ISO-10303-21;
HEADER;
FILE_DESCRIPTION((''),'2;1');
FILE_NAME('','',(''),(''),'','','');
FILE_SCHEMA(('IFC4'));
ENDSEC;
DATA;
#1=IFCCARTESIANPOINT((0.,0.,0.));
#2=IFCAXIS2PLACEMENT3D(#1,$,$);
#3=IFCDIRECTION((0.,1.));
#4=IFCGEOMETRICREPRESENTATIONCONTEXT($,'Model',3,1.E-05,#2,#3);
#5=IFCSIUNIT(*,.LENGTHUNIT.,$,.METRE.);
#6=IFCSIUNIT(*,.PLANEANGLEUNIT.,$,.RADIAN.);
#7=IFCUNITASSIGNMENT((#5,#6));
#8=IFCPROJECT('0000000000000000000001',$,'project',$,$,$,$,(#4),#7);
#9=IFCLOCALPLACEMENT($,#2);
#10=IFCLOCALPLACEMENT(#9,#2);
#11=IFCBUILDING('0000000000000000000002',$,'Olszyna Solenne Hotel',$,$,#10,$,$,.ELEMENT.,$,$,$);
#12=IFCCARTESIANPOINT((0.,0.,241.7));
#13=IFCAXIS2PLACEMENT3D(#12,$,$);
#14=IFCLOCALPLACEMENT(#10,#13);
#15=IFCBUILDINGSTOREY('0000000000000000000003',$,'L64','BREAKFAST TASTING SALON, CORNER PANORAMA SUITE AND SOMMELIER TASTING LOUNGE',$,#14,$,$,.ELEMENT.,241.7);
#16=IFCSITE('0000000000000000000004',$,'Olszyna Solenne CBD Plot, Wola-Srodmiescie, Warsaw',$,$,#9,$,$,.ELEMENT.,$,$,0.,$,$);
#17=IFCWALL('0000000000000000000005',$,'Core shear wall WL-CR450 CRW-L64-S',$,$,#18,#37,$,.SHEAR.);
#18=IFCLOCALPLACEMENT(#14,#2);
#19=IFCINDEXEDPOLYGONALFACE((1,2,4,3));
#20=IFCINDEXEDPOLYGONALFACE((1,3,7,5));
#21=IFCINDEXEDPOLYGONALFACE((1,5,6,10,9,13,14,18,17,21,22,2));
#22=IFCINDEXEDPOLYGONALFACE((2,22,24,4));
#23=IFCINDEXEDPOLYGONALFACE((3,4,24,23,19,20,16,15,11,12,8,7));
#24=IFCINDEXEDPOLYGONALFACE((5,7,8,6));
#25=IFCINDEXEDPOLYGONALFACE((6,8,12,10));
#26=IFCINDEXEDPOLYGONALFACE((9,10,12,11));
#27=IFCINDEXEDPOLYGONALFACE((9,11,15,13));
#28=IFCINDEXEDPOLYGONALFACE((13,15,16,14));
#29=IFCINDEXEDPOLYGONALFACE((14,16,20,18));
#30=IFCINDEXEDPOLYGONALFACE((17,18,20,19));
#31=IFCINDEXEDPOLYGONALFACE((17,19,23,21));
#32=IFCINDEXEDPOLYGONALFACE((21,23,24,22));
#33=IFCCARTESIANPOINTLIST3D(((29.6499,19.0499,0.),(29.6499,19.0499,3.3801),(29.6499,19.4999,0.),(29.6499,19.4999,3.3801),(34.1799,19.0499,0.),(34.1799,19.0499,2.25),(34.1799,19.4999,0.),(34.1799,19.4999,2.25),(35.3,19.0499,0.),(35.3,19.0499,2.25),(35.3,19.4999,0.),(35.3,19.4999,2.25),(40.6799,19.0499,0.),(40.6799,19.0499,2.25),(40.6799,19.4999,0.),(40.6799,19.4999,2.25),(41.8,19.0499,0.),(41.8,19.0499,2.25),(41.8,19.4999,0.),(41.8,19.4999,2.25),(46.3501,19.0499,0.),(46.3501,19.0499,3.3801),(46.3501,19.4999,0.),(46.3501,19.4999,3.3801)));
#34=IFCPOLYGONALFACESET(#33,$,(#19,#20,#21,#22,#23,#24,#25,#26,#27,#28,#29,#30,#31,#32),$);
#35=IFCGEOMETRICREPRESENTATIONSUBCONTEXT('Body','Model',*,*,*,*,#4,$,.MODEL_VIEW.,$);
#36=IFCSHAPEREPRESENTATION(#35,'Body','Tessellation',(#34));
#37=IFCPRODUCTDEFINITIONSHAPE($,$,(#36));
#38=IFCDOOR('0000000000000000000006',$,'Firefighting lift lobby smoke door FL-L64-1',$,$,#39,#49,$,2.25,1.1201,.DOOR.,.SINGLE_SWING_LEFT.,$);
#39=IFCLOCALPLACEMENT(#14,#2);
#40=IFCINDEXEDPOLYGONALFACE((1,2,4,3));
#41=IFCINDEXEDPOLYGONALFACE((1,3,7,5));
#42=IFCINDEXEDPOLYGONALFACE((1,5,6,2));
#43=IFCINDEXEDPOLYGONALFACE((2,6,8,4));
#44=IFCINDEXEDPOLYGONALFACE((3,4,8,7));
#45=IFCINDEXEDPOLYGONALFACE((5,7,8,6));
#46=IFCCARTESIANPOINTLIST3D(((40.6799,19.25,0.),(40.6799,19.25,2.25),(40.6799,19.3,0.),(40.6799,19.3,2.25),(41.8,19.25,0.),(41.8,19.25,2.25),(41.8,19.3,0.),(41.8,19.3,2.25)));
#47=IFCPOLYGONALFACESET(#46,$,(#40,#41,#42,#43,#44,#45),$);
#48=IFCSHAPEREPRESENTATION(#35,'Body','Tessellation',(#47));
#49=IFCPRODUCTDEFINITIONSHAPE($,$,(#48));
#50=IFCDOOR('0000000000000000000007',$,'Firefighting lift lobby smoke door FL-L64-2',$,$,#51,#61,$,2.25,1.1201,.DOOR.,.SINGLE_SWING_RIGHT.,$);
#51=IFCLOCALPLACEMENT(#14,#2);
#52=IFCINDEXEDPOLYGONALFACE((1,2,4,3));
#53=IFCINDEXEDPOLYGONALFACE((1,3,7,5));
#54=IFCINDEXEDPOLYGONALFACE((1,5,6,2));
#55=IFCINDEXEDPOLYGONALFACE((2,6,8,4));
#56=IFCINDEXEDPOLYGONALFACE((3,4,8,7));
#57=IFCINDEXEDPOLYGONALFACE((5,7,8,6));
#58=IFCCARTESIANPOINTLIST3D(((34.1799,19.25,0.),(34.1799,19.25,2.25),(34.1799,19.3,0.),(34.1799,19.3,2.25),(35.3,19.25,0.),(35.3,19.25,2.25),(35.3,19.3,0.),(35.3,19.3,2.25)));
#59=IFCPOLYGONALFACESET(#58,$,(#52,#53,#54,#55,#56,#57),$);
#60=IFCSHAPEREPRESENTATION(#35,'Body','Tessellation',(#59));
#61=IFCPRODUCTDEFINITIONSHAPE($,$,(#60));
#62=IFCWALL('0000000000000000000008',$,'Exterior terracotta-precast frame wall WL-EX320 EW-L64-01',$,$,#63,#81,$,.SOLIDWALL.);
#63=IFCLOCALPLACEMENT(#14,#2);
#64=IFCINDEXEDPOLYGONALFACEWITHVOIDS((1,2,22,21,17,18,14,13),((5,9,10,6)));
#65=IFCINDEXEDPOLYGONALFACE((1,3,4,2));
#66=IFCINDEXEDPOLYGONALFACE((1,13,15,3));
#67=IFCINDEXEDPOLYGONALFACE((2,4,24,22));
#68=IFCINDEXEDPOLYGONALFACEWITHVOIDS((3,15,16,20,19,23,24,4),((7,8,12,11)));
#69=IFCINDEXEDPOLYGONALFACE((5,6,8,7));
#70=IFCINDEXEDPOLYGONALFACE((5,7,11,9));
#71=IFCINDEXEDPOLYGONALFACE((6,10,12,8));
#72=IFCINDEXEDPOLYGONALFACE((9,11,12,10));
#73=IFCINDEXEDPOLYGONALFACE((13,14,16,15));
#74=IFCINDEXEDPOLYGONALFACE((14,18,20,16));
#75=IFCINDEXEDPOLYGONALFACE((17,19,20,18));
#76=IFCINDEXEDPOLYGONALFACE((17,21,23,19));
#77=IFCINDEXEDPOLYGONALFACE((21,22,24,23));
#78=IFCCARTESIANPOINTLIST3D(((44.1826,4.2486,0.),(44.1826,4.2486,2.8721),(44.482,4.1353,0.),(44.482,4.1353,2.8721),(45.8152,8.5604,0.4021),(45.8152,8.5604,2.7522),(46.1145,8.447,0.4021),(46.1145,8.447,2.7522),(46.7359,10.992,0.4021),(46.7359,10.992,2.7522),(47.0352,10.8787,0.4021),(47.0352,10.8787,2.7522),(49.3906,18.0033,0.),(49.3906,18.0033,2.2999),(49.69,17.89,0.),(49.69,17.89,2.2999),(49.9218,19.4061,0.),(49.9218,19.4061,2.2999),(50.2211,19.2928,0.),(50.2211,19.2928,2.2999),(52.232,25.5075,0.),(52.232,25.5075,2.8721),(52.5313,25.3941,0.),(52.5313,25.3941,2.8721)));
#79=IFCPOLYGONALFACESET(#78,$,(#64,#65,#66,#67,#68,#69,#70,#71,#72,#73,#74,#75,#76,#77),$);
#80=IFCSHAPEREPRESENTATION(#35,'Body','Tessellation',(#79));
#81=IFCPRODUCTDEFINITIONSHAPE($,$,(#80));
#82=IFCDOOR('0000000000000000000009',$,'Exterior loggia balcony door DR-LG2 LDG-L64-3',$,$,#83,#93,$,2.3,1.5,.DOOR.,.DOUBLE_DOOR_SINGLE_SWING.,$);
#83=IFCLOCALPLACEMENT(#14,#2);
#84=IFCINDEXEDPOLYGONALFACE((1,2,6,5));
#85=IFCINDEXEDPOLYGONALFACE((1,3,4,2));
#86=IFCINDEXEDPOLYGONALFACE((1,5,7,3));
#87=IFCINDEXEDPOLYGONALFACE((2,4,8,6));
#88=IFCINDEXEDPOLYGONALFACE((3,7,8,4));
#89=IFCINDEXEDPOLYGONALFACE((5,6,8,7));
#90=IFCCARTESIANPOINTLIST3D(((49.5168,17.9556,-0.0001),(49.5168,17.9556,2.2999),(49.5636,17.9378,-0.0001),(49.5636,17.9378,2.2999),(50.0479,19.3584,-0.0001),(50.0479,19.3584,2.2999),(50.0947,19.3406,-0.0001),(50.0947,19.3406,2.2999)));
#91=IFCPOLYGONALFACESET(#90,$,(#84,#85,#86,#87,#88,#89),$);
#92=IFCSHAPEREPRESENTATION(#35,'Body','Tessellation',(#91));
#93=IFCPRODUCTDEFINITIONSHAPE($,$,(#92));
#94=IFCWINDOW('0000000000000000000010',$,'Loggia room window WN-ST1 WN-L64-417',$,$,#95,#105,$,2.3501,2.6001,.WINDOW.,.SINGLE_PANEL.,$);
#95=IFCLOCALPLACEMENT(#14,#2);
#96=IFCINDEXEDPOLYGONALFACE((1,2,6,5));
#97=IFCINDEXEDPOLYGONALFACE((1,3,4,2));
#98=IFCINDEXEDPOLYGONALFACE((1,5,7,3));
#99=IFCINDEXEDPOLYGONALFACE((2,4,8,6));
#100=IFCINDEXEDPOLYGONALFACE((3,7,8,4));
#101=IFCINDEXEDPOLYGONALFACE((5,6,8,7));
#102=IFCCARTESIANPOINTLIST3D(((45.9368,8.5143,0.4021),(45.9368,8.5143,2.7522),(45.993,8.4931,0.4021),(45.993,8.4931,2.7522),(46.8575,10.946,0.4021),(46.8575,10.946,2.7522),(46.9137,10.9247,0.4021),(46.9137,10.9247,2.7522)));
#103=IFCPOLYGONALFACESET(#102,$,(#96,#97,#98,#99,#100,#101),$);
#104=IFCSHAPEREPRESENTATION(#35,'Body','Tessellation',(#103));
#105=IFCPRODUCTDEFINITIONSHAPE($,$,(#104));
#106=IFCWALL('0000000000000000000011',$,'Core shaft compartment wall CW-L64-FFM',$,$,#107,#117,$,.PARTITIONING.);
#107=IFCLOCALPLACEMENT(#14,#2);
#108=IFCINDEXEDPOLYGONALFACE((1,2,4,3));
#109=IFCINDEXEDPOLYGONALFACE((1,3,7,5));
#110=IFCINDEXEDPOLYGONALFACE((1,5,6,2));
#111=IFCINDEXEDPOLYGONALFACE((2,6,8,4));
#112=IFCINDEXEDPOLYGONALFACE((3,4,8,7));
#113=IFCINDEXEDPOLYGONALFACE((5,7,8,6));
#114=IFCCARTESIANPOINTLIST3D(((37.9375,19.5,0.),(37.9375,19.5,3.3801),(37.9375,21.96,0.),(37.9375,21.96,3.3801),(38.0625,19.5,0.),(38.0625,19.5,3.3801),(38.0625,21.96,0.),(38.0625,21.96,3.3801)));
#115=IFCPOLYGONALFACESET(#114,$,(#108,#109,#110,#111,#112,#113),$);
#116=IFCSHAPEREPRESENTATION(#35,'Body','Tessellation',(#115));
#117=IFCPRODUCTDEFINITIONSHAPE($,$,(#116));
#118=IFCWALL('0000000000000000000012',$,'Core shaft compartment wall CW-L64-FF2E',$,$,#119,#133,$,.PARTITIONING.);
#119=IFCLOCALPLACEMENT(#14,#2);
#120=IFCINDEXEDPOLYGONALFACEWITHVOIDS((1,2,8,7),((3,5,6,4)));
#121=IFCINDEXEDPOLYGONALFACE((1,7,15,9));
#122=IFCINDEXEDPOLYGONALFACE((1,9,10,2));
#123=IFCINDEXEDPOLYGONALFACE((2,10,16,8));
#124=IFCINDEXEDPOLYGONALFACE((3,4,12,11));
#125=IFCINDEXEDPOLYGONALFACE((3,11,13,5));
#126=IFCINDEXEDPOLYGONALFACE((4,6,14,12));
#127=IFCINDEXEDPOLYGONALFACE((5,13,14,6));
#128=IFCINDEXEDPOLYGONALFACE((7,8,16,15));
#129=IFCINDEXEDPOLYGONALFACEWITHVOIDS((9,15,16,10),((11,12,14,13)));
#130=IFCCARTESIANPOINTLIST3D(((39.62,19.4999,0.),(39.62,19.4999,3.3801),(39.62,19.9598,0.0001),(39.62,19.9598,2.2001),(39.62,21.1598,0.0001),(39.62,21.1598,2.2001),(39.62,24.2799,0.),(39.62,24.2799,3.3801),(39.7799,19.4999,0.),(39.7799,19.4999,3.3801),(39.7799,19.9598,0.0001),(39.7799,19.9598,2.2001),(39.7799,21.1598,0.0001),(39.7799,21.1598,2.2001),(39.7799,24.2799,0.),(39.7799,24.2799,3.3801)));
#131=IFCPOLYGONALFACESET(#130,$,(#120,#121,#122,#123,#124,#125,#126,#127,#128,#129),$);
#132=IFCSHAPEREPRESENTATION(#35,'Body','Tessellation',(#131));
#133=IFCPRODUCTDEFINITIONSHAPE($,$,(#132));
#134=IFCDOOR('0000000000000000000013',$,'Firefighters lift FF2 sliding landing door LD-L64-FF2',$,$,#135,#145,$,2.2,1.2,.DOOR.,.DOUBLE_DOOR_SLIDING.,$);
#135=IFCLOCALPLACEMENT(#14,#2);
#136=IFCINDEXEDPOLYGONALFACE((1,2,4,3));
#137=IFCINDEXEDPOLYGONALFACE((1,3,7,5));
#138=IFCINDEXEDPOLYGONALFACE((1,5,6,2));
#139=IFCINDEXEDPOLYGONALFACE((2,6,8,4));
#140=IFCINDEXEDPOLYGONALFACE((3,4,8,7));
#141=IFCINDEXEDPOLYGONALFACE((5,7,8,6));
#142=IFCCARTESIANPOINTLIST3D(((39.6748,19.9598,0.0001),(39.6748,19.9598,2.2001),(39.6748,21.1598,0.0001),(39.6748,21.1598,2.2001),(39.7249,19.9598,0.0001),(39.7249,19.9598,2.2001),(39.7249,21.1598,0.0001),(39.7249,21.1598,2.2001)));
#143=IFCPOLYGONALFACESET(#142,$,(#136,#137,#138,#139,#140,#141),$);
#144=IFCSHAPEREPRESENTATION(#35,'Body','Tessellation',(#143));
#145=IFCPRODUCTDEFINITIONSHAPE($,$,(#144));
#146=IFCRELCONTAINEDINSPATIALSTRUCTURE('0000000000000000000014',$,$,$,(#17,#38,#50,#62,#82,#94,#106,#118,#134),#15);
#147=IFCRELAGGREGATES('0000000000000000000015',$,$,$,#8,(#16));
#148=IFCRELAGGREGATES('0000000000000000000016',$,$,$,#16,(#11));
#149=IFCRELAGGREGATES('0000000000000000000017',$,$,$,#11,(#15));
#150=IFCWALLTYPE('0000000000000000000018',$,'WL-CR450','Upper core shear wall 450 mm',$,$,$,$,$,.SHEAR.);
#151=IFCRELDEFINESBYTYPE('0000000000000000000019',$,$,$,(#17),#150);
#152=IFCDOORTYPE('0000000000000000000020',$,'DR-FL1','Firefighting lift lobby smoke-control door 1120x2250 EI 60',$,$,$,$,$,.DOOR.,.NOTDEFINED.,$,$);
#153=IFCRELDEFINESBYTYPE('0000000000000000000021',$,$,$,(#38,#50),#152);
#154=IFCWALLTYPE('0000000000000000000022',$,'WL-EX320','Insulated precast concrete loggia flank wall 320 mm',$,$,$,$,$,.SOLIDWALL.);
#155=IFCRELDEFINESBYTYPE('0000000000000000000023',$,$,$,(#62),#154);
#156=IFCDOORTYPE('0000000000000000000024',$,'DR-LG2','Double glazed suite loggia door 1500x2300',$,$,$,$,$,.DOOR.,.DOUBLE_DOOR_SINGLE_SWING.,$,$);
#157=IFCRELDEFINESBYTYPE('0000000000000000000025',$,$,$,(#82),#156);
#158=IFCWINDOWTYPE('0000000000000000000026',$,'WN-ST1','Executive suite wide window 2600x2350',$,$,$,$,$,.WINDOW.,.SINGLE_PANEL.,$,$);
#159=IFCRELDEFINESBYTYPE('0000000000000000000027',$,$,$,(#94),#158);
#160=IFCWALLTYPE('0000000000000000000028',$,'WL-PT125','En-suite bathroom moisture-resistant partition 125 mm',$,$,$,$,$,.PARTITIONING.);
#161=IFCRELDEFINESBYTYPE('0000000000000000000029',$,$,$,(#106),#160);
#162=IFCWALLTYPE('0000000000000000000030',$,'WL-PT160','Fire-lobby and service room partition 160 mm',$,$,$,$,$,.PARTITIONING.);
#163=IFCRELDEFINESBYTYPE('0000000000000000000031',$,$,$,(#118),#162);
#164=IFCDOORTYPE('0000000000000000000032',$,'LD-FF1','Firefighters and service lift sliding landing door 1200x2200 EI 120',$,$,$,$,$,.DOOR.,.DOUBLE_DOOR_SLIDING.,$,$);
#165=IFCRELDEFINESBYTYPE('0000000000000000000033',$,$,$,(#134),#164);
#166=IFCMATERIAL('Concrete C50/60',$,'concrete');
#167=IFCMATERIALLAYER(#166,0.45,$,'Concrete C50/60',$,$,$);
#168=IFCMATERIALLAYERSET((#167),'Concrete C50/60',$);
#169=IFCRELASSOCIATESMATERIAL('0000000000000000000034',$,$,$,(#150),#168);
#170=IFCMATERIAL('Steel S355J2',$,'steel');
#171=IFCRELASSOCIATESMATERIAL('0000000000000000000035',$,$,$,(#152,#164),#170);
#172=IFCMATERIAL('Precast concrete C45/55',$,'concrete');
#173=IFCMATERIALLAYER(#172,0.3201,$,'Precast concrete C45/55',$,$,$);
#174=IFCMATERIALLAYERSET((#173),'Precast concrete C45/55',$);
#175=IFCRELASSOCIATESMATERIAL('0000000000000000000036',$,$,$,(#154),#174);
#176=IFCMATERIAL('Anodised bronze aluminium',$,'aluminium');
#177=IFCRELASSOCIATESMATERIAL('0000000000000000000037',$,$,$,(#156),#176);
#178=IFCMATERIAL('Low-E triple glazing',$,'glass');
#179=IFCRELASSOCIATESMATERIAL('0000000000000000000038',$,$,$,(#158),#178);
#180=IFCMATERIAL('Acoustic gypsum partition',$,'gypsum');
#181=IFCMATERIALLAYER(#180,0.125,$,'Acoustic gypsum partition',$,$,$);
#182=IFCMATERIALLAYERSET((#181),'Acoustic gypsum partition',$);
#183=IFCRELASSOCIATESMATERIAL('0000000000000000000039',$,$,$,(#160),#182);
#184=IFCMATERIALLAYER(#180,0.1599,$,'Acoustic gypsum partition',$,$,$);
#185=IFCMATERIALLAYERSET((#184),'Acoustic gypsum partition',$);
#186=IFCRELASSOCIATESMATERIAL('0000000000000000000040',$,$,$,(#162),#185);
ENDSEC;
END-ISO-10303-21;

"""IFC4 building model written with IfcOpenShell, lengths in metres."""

from ifc_helpers import new_model, si_unit, direction, frame, frame_2d, origin, place, context, subcontext, project, spatial, rectangle, extrude, source, transform, mapped, material, layer, layer_set, type_object, type_shapes, element, fill, save


model = new_model("IFC4")

# Units and contexts
model_context = context("Model", 3, precision=1e-05, world=origin(), true_north=direction((0.0, 1.0)))
body_context = subcontext(model_context, "Body", "Model", "MODEL_VIEW")
ifc_project = project(units=[si_unit("LENGTHUNIT", "METRE"), si_unit("PLANEANGLEUNIT", "RADIAN")], contexts=[model_context])

# Site, building, storey
site_placement = place(None, origin())
site = spatial("IfcSite", under=ifc_project, at=site_placement, Name="Olszyna Solenne CBD Plot, Wola-Srodmiescie, Warsaw", CompositionType="ELEMENT", RefElevation=0.0)
building_placement = place(site_placement, origin())
building = spatial("IfcBuilding", under=site, at=building_placement, Name="Olszyna Solenne Hotel", CompositionType="ELEMENT")
storey_placement = place(building_placement, frame((0.0, 0.0, 241.7)))
storey = spatial("IfcBuildingStorey", under=building, at=storey_placement, Name="L64", Description="BREAKFAST TASTING SALON, CORNER PANORAMA SUITE AND SOMMELIER TASTING LOUNGE", CompositionType="ELEMENT", Elevation=241.7)

# Shared definitions
ifc_material_1 = material(Name="Steel S355J2", Category="steel")
ifc_material_2 = material(Name="Concrete C50/60", Category="concrete")

# Wall, openings, doors
ifc_layer_1 = layer(ifc_material_2, 0.45, Name="Concrete C50/60")
ifc_layer_set_1 = layer_set([ifc_layer_1], Name="Concrete C50/60")
wall_type_1 = type_object("IfcWallType", Name="WL-CR450", Description="Upper core shear wall 450 mm", PredefinedType="SHEAR", material=ifc_layer_set_1)
wall_1_placement = place(storey_placement, frame((46.3501, 19.2749, 0.0), z_axis=(0.0, 0.0, 1.0), x_axis=(-1.0, 0.0, 0.0)))
wall_1 = element("IfcWall", 1, at=wall_1_placement, inside=storey, type_object=wall_type_1, Name="Core shear wall WL-CR450 CRW-L64-S", PredefinedType="SHEAR", context=body_context, shape_type="SweptSolid", body=[
    extrude(rectangle(XDim=16.7002, YDim=0.45, at=frame_2d((8.3501, 0.0))), origin(), (0.0, 0.0, 1.0), 3.3801),
])
opening_1_placement = place(wall_1_placement, frame((4.55, 0.0, 0.0)))
opening_1 = element("IfcOpeningElement", 2, at=opening_1_placement, cuts=wall_1, PredefinedType="OPENING", context=body_context, shape_type="SweptSolid", body=[
    extrude(rectangle(XDim=1.1201, YDim=2.25, at=frame_2d((0.5601, 1.125))), frame((0.0, 0.2349, 0.0), z_axis=(0.0, -1.0, 0.0), x_axis=(1.0, 0.0, 0.0)), (0.0, 0.0, 1.0), 0.47),
])
opening_2_placement = place(wall_1_placement, frame((11.05, 0.0, 0.0)))
opening_2 = element("IfcOpeningElement", 3, at=opening_2_placement, cuts=wall_1, PredefinedType="OPENING", context=body_context, shape_type="SweptSolid", body=[
    extrude(rectangle(XDim=1.1201, YDim=2.25, at=frame_2d((0.5601, 1.125))), frame((0.0, 0.2349, 0.0), z_axis=(0.0, -1.0, 0.0), x_axis=(1.0, 0.0, 0.0)), (0.0, 0.0, 1.0), 0.47),
])
door_type_1 = type_object("IfcDoorType", Name="DR-FL1", Description="Firefighting lift lobby smoke-control door 1120x2250 EI 60", OperationType="NOTDEFINED", PredefinedType="DOOR", material=ifc_material_1)
shared_shape_1 = source(origin(), body_context, "Body", "SweptSolid", [
    extrude(rectangle(XDim=1.1201, YDim=2.25, at=frame_2d((0.5601, 1.125))), frame((0.0, 0.0249, 0.0), z_axis=(0.0, -1.0, 0.0), x_axis=(1.0, 0.0, 0.0)), (0.0, 0.0, 1.0), 0.05),
])
type_shapes(door_type_1, [shared_shape_1])
door_1_placement = place(opening_1_placement, origin())
door_1 = element("IfcDoor", 4, at=door_1_placement, inside=storey, type_object=door_type_1, Name="Firefighting lift lobby smoke door FL-L64-1", OperationType="SINGLE_SWING_LEFT", OverallHeight=2.25, OverallWidth=1.1201, PredefinedType="DOOR", context=body_context, shape_type="MappedRepresentation", body=[
    mapped(shared_shape_1, transform((0.0, 0.0, 0.0), x_axis=(1.0, 0.0, 0.0), y_axis=(0.0, 1.0, 0.0), z_axis=(0.0, 0.0, 1.0), scale=1.0)),
])
fill(opening_1, door_1)
door_2_placement = place(opening_2_placement, origin())
door_2 = element("IfcDoor", 5, at=door_2_placement, inside=storey, type_object=door_type_1, Name="Firefighting lift lobby smoke door FL-L64-2", OperationType="SINGLE_SWING_RIGHT", OverallHeight=2.25, OverallWidth=1.1201, PredefinedType="DOOR", context=body_context, shape_type="MappedRepresentation", body=[
    mapped(shared_shape_1, transform((0.0, 0.0, 0.0), x_axis=(1.0, 0.0, 0.0), y_axis=(0.0, 1.0, 0.0), z_axis=(0.0, 0.0, 1.0), scale=1.0)),
])
fill(opening_2, door_2)

# Wall, openings, door, window
ifc_material_3 = material(Name="Precast concrete C45/55", Category="concrete")
ifc_layer_2 = layer(ifc_material_3, 0.3201, Name="Precast concrete C45/55")
ifc_layer_set_2 = layer_set([ifc_layer_2], Name="Precast concrete C45/55")
wall_type_2 = type_object("IfcWallType", Name="WL-EX320", Description="Insulated precast concrete loggia flank wall 320 mm", PredefinedType="SOLIDWALL", material=ifc_layer_set_2)
wall_2_placement = place(storey_placement, frame((52.3816, 25.4507, 0.0), z_axis=(0.0, 0.0, 1.0), x_axis=(-0.354102, -0.935207, 0.0)))
wall_2 = element("IfcWall", 6, at=wall_2_placement, inside=storey, type_object=wall_type_2, Name="Exterior terracotta-precast frame wall WL-EX320 EW-L64-01", PredefinedType="SOLIDWALL", context=body_context, shape_type="SweptSolid", body=[
    extrude(rectangle(XDim=22.7317, YDim=0.3201, at=frame_2d((11.3657, 0.0))), origin(), (0.0, 0.0, 1.0), 2.8721),
])
opening_3_placement = place(wall_2_placement, frame((6.5239, 0.0, 0.0)))
opening_3 = element("IfcOpeningElement", 7, at=opening_3_placement, cuts=wall_2, PredefinedType="OPENING", context=body_context, shape_type="SweptSolid", body=[
    extrude(rectangle(XDim=1.5, YDim=2.3, at=frame_2d((0.75, 1.1499))), frame((0.0, 0.1699, 0.0), z_axis=(0.0, -1.0, 0.0), x_axis=(1.0, 0.0, 0.0)), (0.0, 0.0, 1.0), 0.3401),
])
opening_4_placement = place(wall_2_placement, frame((15.521, 0.0, 0.4021)))
opening_4 = element("IfcOpeningElement", 8, at=opening_4_placement, cuts=wall_2, PredefinedType="OPENING", context=body_context, shape_type="SweptSolid", body=[
    extrude(rectangle(XDim=2.6001, YDim=2.3501, at=frame_2d((1.3, 1.175))), frame((0.0, 0.1699, 0.0), z_axis=(0.0, -1.0, 0.0), x_axis=(1.0, 0.0, 0.0)), (0.0, 0.0, 1.0), 0.3401),
])
ifc_material_4 = material(Name="Anodised bronze aluminium", Category="aluminium")
door_type_2 = type_object("IfcDoorType", Name="DR-LG2", Description="Double glazed suite loggia door 1500x2300", OperationType="DOUBLE_DOOR_SINGLE_SWING", PredefinedType="DOOR", material=ifc_material_4)
shared_shape_2 = source(origin(), body_context, "Body", "SweptSolid", [
    extrude(rectangle(XDim=1.5, YDim=2.3, at=frame_2d((0.75, 1.1499))), frame((0.0, 0.0249, 0.0), z_axis=(0.0, -1.0, 0.0), x_axis=(1.0, 0.0, 0.0)), (0.0, 0.0, 1.0), 0.05),
])
type_shapes(door_type_2, [shared_shape_2])
door_3_placement = place(opening_3_placement, origin())
door_3 = element("IfcDoor", 9, at=door_3_placement, inside=storey, type_object=door_type_2, Name="Exterior loggia balcony door DR-LG2 LDG-L64-3", OperationType="DOUBLE_DOOR_SINGLE_SWING", OverallHeight=2.3, OverallWidth=1.5, PredefinedType="DOOR", context=body_context, shape_type="MappedRepresentation", body=[
    mapped(shared_shape_2, transform((0.0, 0.0, 0.0), x_axis=(1.0, 0.0, 0.0), y_axis=(0.0, 1.0, 0.0), z_axis=(0.0, 0.0, 1.0), scale=1.0)),
])
fill(opening_3, door_3)
ifc_material_5 = material(Name="Low-E triple glazing", Category="glass")
window_type = type_object("IfcWindowType", Name="WN-ST1", Description="Executive suite wide window 2600x2350", PartitioningType="SINGLE_PANEL", PredefinedType="WINDOW", material=ifc_material_5)
shared_shape_3 = source(origin(), body_context, "Body", "SweptSolid", [
    extrude(rectangle(XDim=2.6001, YDim=2.3501, at=frame_2d((1.3, 1.175))), frame((0.0, 0.03, 0.0), z_axis=(0.0, -1.0, 0.0), x_axis=(1.0, 0.0, 0.0)), (0.0, 0.0, 1.0), 0.0601),
])
type_shapes(window_type, [shared_shape_3])
window_placement = place(opening_4_placement, origin())
window = element("IfcWindow", 10, at=window_placement, inside=storey, type_object=window_type, Name="Loggia room window WN-ST1 WN-L64-417", OverallHeight=2.3501, OverallWidth=2.6001, PartitioningType="SINGLE_PANEL", PredefinedType="WINDOW", context=body_context, shape_type="MappedRepresentation", body=[
    mapped(shared_shape_3, transform((0.0, 0.0, 0.0), x_axis=(1.0, 0.0, 0.0), y_axis=(0.0, 1.0, 0.0), z_axis=(0.0, 0.0, 1.0), scale=1.0)),
])
fill(opening_4, window)

# Wall
ifc_material_6 = material(Name="Acoustic gypsum partition", Category="gypsum")
ifc_layer_3 = layer(ifc_material_6, 0.125, Name="Acoustic gypsum partition")
ifc_layer_set_3 = layer_set([ifc_layer_3], Name="Acoustic gypsum partition")
wall_type_3 = type_object("IfcWallType", Name="WL-PT125", Description="En-suite bathroom moisture-resistant partition 125 mm", PredefinedType="PARTITIONING", material=ifc_layer_set_3)
wall_3_placement = place(storey_placement, frame((38.0, 19.5, 0.0), z_axis=(0.0, 0.0, 1.0), x_axis=(0.0, 1.0, 0.0)))
element("IfcWall", 11, at=wall_3_placement, inside=storey, type_object=wall_type_3, Name="Core shaft compartment wall CW-L64-FFM", PredefinedType="PARTITIONING", context=body_context, shape_type="SweptSolid", body=[
    extrude(rectangle(XDim=2.46, YDim=0.125, at=frame_2d((1.23, 0.0))), origin(), (0.0, 0.0, 1.0), 3.3801),
])

# Wall, opening, door
ifc_layer_4 = layer(ifc_material_6, 0.1599, Name="Acoustic gypsum partition")
ifc_layer_set_4 = layer_set([ifc_layer_4], Name="Acoustic gypsum partition")
wall_type_4 = type_object("IfcWallType", Name="WL-PT160", Description="Fire-lobby and service room partition 160 mm", PredefinedType="PARTITIONING", material=ifc_layer_set_4)
wall_4_placement = place(storey_placement, frame((39.7, 24.28, 0.0), z_axis=(0.0, 0.0, 1.0), x_axis=(0.0, -1.0, 0.0)))
wall_4 = element("IfcWall", 12, at=wall_4_placement, inside=storey, type_object=wall_type_4, Name="Core shaft compartment wall CW-L64-FF2E", PredefinedType="PARTITIONING", context=body_context, shape_type="SweptSolid", body=[
    extrude(rectangle(XDim=4.78, YDim=0.1599, at=frame_2d((2.3901, 0.0))), origin(), (0.0, 0.0, 1.0), 3.3801),
])
opening_5_placement = place(wall_4_placement, frame((3.1201, 0.0, 0.0)))
opening_5 = element("IfcOpeningElement", 13, at=opening_5_placement, cuts=wall_4, PredefinedType="OPENING", context=body_context, shape_type="SweptSolid", body=[
    extrude(rectangle(XDim=1.2, YDim=2.2, at=frame_2d((0.6001, 1.1001))), frame((0.0, 0.0898, 0.0), z_axis=(0.0, -1.0, 0.0), x_axis=(1.0, 0.0, 0.0)), (0.0, 0.0, 1.0), 0.1799),
])
door_type_3 = type_object("IfcDoorType", Name="LD-FF1", Description="Firefighters and service lift sliding landing door 1200x2200 EI 120", OperationType="DOUBLE_DOOR_SLIDING", PredefinedType="DOOR", material=ifc_material_1)
shared_shape_4 = source(origin(), body_context, "Body", "SweptSolid", [
    extrude(rectangle(XDim=1.2, YDim=2.2, at=frame_2d((0.6001, 1.1001))), frame((0.0, 0.0249, 0.0), z_axis=(0.0, -1.0, 0.0), x_axis=(1.0, 0.0, 0.0)), (0.0, 0.0, 1.0), 0.05),
])
type_shapes(door_type_3, [shared_shape_4])
door_4_placement = place(opening_5_placement, origin())
door_4 = element("IfcDoor", 14, at=door_4_placement, inside=storey, type_object=door_type_3, Name="Firefighters lift FF2 sliding landing door LD-L64-FF2", OperationType="DOUBLE_DOOR_SLIDING", OverallHeight=2.2, OverallWidth=1.2, PredefinedType="DOOR", context=body_context, shape_type="MappedRepresentation", body=[
    mapped(shared_shape_4, transform((0.0, 0.0, 0.0), x_axis=(1.0, 0.0, 0.0), y_axis=(0.0, 1.0, 0.0), z_axis=(0.0, 0.0, 1.0), scale=1.0)),
])
fill(opening_5, door_4)

save(model, "model.ifc")
